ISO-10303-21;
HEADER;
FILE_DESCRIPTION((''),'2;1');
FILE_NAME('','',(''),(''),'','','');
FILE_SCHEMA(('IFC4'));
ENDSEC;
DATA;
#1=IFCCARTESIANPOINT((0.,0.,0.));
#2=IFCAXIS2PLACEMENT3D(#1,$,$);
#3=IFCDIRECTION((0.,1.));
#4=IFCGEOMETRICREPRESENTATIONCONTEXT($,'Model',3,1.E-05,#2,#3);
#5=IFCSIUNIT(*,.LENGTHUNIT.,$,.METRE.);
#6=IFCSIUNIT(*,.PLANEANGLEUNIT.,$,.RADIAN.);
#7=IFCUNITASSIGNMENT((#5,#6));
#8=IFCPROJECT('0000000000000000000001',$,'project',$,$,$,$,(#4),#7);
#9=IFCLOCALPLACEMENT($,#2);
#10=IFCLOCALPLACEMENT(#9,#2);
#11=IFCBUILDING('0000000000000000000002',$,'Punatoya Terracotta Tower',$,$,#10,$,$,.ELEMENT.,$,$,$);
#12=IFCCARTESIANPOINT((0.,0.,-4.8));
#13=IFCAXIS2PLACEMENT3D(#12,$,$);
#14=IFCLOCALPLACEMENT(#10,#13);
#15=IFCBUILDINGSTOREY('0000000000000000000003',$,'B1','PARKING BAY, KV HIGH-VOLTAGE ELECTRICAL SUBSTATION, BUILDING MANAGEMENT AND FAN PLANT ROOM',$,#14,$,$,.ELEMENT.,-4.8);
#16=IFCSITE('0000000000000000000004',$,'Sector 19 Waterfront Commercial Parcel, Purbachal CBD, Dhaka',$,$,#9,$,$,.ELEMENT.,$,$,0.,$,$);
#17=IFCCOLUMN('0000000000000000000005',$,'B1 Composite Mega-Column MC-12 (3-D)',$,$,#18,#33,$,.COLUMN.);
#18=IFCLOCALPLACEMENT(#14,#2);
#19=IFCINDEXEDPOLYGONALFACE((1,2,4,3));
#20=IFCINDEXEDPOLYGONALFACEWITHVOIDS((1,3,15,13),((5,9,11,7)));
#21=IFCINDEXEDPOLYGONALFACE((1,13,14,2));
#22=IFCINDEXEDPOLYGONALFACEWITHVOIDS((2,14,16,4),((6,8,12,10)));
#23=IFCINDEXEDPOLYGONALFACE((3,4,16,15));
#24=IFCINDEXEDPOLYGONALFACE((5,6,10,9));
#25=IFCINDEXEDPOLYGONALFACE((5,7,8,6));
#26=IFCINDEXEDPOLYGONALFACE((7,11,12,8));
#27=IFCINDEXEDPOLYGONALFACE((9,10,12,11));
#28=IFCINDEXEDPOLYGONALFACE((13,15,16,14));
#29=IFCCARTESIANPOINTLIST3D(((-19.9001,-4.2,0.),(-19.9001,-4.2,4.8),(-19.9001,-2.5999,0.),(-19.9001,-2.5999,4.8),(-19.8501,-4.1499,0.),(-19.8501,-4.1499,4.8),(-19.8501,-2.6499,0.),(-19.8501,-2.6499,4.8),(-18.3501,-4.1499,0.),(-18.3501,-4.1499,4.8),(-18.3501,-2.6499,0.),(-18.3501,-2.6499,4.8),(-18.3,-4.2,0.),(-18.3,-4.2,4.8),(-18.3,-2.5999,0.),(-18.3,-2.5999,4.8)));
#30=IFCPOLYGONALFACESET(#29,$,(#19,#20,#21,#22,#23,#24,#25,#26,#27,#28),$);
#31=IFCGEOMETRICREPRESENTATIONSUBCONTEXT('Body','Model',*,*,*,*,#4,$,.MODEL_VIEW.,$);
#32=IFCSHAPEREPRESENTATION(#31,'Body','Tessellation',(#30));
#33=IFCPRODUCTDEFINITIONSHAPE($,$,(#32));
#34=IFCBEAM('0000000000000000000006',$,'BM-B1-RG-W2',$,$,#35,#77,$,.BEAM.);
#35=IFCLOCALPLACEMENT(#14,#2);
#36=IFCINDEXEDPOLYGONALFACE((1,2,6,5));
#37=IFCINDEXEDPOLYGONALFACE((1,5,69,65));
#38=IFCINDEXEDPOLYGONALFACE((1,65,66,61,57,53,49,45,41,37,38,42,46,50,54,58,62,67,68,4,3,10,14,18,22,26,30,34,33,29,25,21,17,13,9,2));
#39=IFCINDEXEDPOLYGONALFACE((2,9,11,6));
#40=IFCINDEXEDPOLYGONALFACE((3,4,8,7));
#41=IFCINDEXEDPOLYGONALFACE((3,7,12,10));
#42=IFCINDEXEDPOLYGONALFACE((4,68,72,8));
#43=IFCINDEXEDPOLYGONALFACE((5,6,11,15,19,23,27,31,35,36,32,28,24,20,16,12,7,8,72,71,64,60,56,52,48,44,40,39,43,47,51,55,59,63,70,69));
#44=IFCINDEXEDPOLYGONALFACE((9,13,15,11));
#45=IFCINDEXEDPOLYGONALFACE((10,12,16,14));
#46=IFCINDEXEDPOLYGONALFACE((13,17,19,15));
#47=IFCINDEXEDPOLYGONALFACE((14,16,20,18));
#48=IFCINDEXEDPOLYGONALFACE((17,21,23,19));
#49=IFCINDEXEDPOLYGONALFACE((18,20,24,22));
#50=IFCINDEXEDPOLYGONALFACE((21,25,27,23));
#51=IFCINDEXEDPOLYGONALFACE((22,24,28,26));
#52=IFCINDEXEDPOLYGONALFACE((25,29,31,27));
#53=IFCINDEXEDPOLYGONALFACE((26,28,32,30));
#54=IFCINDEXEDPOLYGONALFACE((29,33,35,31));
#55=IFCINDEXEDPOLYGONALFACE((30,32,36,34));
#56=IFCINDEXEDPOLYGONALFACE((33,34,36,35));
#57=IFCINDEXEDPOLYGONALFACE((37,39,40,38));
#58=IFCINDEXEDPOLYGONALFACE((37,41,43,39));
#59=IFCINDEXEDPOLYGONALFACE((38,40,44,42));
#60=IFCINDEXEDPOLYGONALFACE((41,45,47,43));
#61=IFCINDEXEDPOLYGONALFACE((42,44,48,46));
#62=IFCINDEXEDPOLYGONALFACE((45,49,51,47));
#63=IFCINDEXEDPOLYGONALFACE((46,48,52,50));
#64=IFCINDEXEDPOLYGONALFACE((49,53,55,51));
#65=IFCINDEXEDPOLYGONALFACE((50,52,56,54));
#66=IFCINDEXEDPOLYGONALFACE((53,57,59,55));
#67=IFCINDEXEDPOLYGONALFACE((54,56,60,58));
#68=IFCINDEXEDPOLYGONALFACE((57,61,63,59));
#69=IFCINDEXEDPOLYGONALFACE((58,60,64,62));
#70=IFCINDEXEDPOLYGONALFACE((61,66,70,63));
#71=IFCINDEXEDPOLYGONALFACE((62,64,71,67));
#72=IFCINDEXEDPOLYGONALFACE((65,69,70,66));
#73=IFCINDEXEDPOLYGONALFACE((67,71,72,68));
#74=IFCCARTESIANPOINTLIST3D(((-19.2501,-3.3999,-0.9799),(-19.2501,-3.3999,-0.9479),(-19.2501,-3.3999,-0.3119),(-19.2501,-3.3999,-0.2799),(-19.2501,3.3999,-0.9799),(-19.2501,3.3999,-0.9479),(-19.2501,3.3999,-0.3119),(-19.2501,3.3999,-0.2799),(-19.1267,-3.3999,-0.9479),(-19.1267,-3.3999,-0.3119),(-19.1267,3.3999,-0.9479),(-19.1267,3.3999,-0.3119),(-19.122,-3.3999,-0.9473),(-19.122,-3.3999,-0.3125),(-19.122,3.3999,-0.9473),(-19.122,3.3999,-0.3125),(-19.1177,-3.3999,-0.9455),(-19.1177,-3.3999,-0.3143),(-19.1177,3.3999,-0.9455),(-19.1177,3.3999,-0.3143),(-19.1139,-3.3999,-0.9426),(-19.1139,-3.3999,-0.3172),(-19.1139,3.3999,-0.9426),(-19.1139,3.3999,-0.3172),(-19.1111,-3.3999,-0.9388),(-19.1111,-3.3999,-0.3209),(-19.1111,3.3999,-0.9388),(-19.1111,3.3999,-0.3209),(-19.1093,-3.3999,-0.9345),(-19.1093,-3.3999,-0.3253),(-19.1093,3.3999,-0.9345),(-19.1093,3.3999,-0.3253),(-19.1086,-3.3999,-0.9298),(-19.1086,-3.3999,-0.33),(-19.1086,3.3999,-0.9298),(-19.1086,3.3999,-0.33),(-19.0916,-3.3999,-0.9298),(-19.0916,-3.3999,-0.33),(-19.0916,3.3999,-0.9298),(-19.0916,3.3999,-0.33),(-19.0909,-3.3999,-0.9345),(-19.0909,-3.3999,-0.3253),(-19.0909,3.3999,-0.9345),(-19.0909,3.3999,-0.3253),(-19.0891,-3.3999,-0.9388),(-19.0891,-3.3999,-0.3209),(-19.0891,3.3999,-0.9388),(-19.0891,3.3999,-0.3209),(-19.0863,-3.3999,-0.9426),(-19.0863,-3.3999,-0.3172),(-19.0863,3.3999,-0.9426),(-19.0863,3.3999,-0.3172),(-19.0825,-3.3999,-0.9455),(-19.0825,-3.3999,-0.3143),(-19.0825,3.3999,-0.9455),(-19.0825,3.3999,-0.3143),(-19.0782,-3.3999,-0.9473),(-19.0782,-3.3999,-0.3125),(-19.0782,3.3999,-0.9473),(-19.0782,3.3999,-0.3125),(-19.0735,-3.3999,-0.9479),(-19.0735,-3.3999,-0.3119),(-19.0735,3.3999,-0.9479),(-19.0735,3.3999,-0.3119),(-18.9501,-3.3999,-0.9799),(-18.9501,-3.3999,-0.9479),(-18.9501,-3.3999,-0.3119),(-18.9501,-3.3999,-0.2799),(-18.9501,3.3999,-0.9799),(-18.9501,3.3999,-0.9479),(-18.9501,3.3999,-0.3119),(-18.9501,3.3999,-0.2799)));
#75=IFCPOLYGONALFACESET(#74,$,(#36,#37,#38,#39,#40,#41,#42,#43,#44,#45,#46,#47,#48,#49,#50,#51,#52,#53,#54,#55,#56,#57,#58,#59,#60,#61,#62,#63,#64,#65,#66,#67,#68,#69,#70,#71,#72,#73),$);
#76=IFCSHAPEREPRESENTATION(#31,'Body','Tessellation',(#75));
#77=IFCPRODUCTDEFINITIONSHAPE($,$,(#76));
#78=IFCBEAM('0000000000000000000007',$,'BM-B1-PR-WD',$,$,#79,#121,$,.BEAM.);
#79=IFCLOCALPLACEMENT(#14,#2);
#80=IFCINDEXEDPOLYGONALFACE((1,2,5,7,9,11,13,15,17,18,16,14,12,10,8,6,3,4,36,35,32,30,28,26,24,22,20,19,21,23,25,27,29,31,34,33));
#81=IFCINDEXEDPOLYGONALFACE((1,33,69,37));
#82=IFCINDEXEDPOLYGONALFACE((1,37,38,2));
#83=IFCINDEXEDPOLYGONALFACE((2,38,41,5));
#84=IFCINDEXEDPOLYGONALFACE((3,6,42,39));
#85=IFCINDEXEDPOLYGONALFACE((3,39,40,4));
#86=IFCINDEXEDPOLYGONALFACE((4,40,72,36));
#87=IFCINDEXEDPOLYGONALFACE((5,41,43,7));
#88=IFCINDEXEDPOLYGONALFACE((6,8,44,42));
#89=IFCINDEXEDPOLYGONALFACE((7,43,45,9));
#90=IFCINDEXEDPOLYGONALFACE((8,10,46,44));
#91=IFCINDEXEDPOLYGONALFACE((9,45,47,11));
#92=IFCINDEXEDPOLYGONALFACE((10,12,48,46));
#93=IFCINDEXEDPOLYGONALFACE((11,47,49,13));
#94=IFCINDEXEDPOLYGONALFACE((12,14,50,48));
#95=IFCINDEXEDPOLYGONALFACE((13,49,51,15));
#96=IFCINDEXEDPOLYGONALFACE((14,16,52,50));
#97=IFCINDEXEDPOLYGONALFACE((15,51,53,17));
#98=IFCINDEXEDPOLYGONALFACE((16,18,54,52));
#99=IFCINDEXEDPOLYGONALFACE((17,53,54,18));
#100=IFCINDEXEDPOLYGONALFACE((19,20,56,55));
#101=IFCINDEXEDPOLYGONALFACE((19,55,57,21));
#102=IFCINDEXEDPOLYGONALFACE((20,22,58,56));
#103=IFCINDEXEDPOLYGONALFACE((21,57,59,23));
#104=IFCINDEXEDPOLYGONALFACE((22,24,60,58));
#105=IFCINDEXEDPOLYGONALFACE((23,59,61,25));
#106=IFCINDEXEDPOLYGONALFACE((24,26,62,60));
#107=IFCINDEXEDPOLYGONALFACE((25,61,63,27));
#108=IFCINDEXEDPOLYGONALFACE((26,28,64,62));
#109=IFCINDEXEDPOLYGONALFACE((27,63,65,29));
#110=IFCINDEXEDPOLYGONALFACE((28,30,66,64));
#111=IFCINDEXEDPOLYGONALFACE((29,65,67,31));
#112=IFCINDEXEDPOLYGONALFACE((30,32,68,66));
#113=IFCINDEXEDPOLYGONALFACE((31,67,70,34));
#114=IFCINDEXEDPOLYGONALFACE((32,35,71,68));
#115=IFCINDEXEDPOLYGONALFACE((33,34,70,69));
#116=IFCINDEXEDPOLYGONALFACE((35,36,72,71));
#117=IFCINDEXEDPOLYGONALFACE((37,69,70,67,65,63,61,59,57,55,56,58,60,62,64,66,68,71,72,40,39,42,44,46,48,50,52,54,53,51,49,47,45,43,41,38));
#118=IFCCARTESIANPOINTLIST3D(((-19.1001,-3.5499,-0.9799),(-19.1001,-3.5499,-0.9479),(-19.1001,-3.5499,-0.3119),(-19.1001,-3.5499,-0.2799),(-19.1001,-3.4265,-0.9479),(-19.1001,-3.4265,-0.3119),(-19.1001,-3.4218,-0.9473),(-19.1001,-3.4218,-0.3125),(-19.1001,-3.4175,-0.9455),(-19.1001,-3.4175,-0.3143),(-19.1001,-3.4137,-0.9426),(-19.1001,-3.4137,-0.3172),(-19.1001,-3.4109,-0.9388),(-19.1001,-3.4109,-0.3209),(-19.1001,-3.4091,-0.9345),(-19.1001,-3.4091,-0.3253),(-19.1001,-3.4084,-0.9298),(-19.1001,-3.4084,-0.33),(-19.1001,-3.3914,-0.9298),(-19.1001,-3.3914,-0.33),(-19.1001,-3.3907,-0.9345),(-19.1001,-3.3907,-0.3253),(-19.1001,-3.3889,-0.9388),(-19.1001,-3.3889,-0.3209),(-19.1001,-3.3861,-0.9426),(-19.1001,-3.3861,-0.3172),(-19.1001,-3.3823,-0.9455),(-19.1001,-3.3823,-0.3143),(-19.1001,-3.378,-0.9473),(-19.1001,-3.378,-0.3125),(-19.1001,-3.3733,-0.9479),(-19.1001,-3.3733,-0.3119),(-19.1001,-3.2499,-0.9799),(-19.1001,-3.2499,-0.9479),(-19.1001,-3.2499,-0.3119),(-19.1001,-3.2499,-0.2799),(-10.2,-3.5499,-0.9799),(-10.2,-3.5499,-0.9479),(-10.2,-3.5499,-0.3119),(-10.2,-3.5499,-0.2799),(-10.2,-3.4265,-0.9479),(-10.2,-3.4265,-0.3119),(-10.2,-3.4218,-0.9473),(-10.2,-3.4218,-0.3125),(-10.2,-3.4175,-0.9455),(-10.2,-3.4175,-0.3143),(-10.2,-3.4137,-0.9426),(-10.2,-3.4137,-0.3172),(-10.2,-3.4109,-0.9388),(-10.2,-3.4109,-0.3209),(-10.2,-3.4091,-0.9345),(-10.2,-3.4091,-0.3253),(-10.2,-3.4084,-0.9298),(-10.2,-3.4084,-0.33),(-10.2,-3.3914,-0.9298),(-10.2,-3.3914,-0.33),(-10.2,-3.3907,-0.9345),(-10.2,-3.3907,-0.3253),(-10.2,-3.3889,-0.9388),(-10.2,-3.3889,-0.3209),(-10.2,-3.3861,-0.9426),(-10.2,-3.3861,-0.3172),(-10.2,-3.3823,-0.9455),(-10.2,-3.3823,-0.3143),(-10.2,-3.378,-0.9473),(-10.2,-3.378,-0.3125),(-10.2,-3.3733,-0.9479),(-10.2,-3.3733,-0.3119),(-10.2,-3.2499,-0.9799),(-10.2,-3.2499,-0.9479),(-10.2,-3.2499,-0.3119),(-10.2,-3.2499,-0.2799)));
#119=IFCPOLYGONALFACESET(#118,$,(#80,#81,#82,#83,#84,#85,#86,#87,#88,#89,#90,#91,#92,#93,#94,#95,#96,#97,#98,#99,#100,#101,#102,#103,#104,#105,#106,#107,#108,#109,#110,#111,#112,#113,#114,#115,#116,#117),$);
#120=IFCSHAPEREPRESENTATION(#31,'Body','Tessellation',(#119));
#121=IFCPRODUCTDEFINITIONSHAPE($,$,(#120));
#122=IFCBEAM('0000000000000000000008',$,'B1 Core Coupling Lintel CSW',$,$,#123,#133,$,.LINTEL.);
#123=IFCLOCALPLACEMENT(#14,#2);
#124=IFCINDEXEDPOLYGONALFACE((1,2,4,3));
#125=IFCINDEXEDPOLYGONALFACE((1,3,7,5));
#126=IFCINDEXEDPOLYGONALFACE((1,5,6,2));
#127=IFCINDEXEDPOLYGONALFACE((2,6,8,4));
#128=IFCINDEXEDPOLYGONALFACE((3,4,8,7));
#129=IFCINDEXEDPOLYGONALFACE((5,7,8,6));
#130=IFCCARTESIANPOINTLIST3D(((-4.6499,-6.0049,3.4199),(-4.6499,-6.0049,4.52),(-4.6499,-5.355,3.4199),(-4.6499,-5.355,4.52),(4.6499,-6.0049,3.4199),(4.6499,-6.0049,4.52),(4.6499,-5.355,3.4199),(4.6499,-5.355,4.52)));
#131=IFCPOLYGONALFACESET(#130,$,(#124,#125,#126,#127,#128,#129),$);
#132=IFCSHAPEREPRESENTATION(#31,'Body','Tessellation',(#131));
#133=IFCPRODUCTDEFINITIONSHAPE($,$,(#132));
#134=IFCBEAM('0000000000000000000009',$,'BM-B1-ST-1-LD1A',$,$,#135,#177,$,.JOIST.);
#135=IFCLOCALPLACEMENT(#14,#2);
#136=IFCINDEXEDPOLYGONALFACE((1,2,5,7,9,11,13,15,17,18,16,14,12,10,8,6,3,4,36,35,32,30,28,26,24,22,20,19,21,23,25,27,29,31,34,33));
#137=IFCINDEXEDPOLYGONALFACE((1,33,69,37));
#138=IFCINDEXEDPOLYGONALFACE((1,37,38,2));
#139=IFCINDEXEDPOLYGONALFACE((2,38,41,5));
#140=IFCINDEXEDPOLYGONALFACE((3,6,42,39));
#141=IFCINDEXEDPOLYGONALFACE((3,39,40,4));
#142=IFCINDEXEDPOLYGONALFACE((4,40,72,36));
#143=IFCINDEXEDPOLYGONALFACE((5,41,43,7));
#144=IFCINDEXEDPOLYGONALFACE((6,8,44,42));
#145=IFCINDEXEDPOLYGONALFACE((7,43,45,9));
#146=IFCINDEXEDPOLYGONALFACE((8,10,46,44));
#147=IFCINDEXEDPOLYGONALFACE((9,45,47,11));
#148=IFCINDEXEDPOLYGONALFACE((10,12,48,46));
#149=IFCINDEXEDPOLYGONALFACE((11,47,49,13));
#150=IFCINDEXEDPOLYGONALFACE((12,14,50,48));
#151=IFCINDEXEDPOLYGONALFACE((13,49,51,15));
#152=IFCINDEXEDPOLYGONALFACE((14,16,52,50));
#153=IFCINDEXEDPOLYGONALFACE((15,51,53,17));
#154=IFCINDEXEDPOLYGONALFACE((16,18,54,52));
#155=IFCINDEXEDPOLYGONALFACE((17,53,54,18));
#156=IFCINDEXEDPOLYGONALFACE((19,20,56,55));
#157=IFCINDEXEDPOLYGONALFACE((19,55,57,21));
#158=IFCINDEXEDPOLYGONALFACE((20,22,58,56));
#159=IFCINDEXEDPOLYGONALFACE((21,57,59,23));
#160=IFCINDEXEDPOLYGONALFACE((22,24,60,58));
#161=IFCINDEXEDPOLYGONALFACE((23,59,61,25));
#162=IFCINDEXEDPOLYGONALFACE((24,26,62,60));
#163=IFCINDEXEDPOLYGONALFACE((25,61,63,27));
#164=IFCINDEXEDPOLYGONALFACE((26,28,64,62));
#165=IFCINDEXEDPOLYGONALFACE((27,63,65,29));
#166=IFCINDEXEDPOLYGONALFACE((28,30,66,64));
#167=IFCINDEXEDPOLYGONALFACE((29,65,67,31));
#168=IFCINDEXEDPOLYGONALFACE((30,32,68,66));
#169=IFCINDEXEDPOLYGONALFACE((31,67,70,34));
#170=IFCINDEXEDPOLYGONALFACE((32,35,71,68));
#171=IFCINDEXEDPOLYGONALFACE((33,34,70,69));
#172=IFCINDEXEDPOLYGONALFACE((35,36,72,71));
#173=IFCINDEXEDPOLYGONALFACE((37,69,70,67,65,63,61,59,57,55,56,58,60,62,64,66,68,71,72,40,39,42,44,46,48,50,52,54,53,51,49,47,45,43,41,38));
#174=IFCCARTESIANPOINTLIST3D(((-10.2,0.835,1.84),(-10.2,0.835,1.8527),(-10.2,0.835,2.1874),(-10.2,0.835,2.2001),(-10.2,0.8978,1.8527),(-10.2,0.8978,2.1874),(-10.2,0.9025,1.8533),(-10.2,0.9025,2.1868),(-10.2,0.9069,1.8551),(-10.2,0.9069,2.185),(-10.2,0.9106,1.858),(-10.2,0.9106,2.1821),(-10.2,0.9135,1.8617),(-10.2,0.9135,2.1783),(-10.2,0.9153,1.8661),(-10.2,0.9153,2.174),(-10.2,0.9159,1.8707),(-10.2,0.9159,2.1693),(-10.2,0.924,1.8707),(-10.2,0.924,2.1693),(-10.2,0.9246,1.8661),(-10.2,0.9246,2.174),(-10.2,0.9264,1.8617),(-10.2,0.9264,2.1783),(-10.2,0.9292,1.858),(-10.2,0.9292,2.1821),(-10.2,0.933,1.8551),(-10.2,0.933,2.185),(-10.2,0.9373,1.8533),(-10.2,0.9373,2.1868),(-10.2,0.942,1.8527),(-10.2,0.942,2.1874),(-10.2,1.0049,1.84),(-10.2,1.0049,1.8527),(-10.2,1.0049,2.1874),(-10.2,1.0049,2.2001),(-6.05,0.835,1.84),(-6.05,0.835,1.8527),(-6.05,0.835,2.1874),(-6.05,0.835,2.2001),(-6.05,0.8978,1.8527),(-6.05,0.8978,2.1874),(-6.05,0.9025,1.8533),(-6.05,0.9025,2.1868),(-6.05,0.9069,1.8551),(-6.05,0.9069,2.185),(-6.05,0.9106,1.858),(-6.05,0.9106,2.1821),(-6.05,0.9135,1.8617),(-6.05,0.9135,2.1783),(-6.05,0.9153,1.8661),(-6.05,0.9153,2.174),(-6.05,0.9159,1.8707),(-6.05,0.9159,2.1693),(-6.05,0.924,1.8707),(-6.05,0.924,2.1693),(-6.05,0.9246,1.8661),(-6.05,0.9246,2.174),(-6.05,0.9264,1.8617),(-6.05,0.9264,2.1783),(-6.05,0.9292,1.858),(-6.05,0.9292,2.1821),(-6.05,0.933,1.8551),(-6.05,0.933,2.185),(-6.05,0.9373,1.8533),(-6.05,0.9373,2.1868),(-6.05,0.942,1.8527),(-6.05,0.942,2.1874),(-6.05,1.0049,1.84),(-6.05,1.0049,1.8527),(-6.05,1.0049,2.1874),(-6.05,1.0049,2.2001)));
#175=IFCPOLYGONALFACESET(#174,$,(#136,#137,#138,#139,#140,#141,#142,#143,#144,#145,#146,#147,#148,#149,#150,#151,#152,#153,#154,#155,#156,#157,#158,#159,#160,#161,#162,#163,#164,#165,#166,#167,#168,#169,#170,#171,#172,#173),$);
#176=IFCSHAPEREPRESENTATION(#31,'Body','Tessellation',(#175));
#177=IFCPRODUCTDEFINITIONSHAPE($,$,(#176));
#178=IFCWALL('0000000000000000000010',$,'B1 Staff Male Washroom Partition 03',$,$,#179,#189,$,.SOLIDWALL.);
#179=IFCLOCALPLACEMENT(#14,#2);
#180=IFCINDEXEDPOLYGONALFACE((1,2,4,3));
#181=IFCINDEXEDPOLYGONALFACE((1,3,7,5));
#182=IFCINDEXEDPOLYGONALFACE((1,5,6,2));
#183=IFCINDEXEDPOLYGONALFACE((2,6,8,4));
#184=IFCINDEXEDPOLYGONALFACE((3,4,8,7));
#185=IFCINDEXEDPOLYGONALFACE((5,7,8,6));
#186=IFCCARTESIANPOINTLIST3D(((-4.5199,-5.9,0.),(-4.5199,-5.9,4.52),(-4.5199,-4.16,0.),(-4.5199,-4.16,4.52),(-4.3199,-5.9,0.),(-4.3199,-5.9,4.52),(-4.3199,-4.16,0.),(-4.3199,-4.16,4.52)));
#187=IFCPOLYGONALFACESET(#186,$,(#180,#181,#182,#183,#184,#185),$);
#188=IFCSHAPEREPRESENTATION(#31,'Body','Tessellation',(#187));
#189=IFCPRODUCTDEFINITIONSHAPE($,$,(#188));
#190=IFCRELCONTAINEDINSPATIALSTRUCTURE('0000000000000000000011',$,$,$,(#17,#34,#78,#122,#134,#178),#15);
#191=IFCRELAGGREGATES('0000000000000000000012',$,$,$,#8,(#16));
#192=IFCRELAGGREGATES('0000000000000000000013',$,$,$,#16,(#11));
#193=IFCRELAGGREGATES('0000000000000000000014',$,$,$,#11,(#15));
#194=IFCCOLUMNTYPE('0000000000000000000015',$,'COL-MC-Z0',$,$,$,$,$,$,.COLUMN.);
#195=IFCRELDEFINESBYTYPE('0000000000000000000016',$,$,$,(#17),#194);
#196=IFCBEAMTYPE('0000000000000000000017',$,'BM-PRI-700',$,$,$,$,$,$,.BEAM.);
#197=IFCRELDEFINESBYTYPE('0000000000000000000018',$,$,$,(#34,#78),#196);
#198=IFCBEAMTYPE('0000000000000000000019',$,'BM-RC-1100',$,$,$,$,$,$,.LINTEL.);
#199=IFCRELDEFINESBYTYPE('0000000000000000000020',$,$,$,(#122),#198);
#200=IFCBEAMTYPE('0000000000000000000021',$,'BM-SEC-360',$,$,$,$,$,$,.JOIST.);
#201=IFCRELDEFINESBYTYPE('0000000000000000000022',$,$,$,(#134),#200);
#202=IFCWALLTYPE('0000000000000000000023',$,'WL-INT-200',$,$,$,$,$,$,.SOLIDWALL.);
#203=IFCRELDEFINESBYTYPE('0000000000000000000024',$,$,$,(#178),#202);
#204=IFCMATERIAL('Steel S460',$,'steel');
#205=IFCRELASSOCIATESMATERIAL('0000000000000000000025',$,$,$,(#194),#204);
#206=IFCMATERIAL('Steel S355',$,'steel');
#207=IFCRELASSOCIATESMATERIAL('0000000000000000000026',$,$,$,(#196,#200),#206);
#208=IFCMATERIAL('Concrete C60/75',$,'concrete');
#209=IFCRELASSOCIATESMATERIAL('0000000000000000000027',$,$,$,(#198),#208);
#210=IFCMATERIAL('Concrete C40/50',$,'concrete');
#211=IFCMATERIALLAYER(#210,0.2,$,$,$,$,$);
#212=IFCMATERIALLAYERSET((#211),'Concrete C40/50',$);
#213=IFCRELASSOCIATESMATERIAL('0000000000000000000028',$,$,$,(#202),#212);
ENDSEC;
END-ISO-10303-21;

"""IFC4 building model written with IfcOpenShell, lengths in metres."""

from ifc_helpers import new_model, si_unit, direction, frame, frame_2d, origin, origin_2d, place, context, subcontext, project, spatial, rectangle, hollow_rectangle, i_section, extrude, material, layer, layer_set, material_profile, profile_set, type_object, element, save


model = new_model("IFC4")

# Units and contexts
model_context = context("Model", 3, precision=1e-05, world=origin(), true_north=direction((0.0, 1.0)))
body_context = subcontext(model_context, "Body", "Model", "MODEL_VIEW")
ifc_project = project(units=[si_unit("LENGTHUNIT", "METRE"), si_unit("PLANEANGLEUNIT", "RADIAN")], contexts=[model_context])

# Site, building, storey
site_placement = place(None, origin())
site = spatial("IfcSite", under=ifc_project, at=site_placement, Name="Sector 19 Waterfront Commercial Parcel, Purbachal CBD, Dhaka", CompositionType="ELEMENT", RefElevation=0.0)
building_placement = place(site_placement, origin())
building = spatial("IfcBuilding", under=site, at=building_placement, Name="Punatoya Terracotta Tower", CompositionType="ELEMENT")
storey_placement = place(building_placement, frame((0.0, 0.0, -4.8)))
storey = spatial("IfcBuildingStorey", under=building, at=storey_placement, Name="B1", Description="PARKING BAY, KV HIGH-VOLTAGE ELECTRICAL SUBSTATION, BUILDING MANAGEMENT AND FAN PLANT ROOM", CompositionType="ELEMENT", Elevation=-4.8)

# Column
ifc_material_1 = material(Name="Steel S460", Category="steel")
ifc_material_profile_1 = material_profile(ifc_material_1, hollow_rectangle(XDim=1.6001, YDim=1.6001, WallThickness=0.05, at=origin_2d()))
ifc_profile_set_1 = profile_set([ifc_material_profile_1], Name="Steel S460")
column_type = type_object("IfcColumnType", Name="COL-MC-Z0", PredefinedType="COLUMN", material=ifc_profile_set_1)
column_placement = place(storey_placement, frame((-19.1001, -3.3999, 0.0), z_axis=(0.0, 0.0, 1.0), x_axis=(1.0, 0.0, 0.0)))
element("IfcColumn", 1, at=column_placement, inside=storey, type_object=column_type, Name="B1 Composite Mega-Column MC-12 (3-D)", PredefinedType="COLUMN", context=body_context, shape_type="SweptSolid", body=[
    extrude(hollow_rectangle(XDim=1.6001, YDim=1.6001, WallThickness=0.05, at=origin_2d()), origin(), (0.0, 0.0, 1.0), 4.8),
])

# Beams
ifc_material_2 = material(Name="Steel S355", Category="steel")
ifc_material_profile_2 = material_profile(ifc_material_2, i_section(OverallWidth=0.3, OverallDepth=0.7, WebThickness=0.0171, FlangeThickness=0.032, FilletRadius=0.0181, at=origin_2d()))
ifc_profile_set_2 = profile_set([ifc_material_profile_2], Name="Steel S355")
beam_type_1 = type_object("IfcBeamType", Name="BM-PRI-700", PredefinedType="BEAM", material=ifc_profile_set_2)
beam_1_placement = place(storey_placement, frame((-19.1001, -3.3999, -0.6299), z_axis=(0.0, 1.0, 0.0), x_axis=(-1.0, 0.0, 0.0)))
element("IfcBeam", 2, at=beam_1_placement, inside=storey, type_object=beam_type_1, Name="BM-B1-RG-W2", PredefinedType="BEAM", context=body_context, shape_type="SweptSolid", body=[
    extrude(i_section(OverallWidth=0.3, OverallDepth=0.7, WebThickness=0.0171, FlangeThickness=0.032, FilletRadius=0.0181, at=origin_2d()), origin(), (0.0, 0.0, 1.0), 6.7998),
])
beam_2_placement = place(storey_placement, frame((-19.1001, -3.3999, -0.6299), z_axis=(1.0, 0.0, 0.0), x_axis=(0.0, 1.0, 0.0)))
element("IfcBeam", 3, at=beam_2_placement, inside=storey, type_object=beam_type_1, Name="BM-B1-PR-WD", PredefinedType="BEAM", context=body_context, shape_type="SweptSolid", body=[
    extrude(i_section(OverallWidth=0.3, OverallDepth=0.7, WebThickness=0.0171, FlangeThickness=0.032, FilletRadius=0.0181, at=origin_2d()), origin(), (0.0, 0.0, 1.0), 8.9001),
])
ifc_material_3 = material(Name="Concrete C60/75", Category="concrete")
ifc_material_profile_3 = material_profile(ifc_material_3, rectangle(XDim=0.6499, YDim=1.1001, at=origin_2d()))
ifc_profile_set_3 = profile_set([ifc_material_profile_3], Name="Concrete C60/75")
beam_type_2 = type_object("IfcBeamType", Name="BM-RC-1100", PredefinedType="LINTEL", material=ifc_profile_set_3)
beam_3_placement = place(storey_placement, frame((-4.6499, -5.6799, 3.97), z_axis=(1.0, 0.0, 0.0), x_axis=(0.0, 1.0, 0.0)))
element("IfcBeam", 4, at=beam_3_placement, inside=storey, type_object=beam_type_2, Name="B1 Core Coupling Lintel CSW", PredefinedType="LINTEL", context=body_context, shape_type="SweptSolid", body=[
    extrude(rectangle(XDim=0.6499, YDim=1.1001, at=origin_2d()), origin(), (0.0, 0.0, 1.0), 9.2998),
])
ifc_material_profile_4 = material_profile(ifc_material_2, i_section(OverallWidth=0.1699, OverallDepth=0.3601, WebThickness=0.0081, FlangeThickness=0.0127, FilletRadius=0.0181, at=origin_2d()))
ifc_profile_set_4 = profile_set([ifc_material_profile_4], Name="Steel S355")
beam_type_3 = type_object("IfcBeamType", Name="BM-SEC-360", PredefinedType="JOIST", material=ifc_profile_set_4)
beam_4_placement = place(storey_placement, frame((-10.2, 0.9199, 2.02), z_axis=(1.0, 0.0, 0.0), x_axis=(0.0, 1.0, 0.0)))
element("IfcBeam", 5, at=beam_4_placement, inside=storey, type_object=beam_type_3, Name="BM-B1-ST-1-LD1A", PredefinedType="JOIST", context=body_context, shape_type="SweptSolid", body=[
    extrude(i_section(OverallWidth=0.1699, OverallDepth=0.3601, WebThickness=0.0081, FlangeThickness=0.0127, FilletRadius=0.0181, at=origin_2d()), origin(), (0.0, 0.0, 1.0), 4.1499),
])

# Shared definitions
ifc_material_4 = material(Name="Concrete C40/50", Category="concrete")
ifc_layer_1 = layer(ifc_material_4, 0.2)
ifc_layer_set_1 = layer_set([ifc_layer_1], Name="Concrete C40/50")
wall_type_1 = type_object("IfcWallType", Name="WL-INT-200", PredefinedType="SOLIDWALL", material=ifc_layer_set_1)

# Wall
wall_1_placement = place(storey_placement, frame((-4.4199, -4.1599, 0.0), z_axis=(0.0, 0.0, 1.0), x_axis=(0.0, -1.0, 0.0)))
element("IfcWall", 6, at=wall_1_placement, inside=storey, type_object=wall_type_1, Name="B1 Staff Male Washroom Partition 03", PredefinedType="SOLIDWALL", context=body_context, shape_type="SweptSolid", body=[
    extrude(rectangle(XDim=1.74, YDim=0.2, at=frame_2d((0.8701, 0.0))), origin(), (0.0, 0.0, 1.0), 4.52),
])

save(model, "model.ifc")
